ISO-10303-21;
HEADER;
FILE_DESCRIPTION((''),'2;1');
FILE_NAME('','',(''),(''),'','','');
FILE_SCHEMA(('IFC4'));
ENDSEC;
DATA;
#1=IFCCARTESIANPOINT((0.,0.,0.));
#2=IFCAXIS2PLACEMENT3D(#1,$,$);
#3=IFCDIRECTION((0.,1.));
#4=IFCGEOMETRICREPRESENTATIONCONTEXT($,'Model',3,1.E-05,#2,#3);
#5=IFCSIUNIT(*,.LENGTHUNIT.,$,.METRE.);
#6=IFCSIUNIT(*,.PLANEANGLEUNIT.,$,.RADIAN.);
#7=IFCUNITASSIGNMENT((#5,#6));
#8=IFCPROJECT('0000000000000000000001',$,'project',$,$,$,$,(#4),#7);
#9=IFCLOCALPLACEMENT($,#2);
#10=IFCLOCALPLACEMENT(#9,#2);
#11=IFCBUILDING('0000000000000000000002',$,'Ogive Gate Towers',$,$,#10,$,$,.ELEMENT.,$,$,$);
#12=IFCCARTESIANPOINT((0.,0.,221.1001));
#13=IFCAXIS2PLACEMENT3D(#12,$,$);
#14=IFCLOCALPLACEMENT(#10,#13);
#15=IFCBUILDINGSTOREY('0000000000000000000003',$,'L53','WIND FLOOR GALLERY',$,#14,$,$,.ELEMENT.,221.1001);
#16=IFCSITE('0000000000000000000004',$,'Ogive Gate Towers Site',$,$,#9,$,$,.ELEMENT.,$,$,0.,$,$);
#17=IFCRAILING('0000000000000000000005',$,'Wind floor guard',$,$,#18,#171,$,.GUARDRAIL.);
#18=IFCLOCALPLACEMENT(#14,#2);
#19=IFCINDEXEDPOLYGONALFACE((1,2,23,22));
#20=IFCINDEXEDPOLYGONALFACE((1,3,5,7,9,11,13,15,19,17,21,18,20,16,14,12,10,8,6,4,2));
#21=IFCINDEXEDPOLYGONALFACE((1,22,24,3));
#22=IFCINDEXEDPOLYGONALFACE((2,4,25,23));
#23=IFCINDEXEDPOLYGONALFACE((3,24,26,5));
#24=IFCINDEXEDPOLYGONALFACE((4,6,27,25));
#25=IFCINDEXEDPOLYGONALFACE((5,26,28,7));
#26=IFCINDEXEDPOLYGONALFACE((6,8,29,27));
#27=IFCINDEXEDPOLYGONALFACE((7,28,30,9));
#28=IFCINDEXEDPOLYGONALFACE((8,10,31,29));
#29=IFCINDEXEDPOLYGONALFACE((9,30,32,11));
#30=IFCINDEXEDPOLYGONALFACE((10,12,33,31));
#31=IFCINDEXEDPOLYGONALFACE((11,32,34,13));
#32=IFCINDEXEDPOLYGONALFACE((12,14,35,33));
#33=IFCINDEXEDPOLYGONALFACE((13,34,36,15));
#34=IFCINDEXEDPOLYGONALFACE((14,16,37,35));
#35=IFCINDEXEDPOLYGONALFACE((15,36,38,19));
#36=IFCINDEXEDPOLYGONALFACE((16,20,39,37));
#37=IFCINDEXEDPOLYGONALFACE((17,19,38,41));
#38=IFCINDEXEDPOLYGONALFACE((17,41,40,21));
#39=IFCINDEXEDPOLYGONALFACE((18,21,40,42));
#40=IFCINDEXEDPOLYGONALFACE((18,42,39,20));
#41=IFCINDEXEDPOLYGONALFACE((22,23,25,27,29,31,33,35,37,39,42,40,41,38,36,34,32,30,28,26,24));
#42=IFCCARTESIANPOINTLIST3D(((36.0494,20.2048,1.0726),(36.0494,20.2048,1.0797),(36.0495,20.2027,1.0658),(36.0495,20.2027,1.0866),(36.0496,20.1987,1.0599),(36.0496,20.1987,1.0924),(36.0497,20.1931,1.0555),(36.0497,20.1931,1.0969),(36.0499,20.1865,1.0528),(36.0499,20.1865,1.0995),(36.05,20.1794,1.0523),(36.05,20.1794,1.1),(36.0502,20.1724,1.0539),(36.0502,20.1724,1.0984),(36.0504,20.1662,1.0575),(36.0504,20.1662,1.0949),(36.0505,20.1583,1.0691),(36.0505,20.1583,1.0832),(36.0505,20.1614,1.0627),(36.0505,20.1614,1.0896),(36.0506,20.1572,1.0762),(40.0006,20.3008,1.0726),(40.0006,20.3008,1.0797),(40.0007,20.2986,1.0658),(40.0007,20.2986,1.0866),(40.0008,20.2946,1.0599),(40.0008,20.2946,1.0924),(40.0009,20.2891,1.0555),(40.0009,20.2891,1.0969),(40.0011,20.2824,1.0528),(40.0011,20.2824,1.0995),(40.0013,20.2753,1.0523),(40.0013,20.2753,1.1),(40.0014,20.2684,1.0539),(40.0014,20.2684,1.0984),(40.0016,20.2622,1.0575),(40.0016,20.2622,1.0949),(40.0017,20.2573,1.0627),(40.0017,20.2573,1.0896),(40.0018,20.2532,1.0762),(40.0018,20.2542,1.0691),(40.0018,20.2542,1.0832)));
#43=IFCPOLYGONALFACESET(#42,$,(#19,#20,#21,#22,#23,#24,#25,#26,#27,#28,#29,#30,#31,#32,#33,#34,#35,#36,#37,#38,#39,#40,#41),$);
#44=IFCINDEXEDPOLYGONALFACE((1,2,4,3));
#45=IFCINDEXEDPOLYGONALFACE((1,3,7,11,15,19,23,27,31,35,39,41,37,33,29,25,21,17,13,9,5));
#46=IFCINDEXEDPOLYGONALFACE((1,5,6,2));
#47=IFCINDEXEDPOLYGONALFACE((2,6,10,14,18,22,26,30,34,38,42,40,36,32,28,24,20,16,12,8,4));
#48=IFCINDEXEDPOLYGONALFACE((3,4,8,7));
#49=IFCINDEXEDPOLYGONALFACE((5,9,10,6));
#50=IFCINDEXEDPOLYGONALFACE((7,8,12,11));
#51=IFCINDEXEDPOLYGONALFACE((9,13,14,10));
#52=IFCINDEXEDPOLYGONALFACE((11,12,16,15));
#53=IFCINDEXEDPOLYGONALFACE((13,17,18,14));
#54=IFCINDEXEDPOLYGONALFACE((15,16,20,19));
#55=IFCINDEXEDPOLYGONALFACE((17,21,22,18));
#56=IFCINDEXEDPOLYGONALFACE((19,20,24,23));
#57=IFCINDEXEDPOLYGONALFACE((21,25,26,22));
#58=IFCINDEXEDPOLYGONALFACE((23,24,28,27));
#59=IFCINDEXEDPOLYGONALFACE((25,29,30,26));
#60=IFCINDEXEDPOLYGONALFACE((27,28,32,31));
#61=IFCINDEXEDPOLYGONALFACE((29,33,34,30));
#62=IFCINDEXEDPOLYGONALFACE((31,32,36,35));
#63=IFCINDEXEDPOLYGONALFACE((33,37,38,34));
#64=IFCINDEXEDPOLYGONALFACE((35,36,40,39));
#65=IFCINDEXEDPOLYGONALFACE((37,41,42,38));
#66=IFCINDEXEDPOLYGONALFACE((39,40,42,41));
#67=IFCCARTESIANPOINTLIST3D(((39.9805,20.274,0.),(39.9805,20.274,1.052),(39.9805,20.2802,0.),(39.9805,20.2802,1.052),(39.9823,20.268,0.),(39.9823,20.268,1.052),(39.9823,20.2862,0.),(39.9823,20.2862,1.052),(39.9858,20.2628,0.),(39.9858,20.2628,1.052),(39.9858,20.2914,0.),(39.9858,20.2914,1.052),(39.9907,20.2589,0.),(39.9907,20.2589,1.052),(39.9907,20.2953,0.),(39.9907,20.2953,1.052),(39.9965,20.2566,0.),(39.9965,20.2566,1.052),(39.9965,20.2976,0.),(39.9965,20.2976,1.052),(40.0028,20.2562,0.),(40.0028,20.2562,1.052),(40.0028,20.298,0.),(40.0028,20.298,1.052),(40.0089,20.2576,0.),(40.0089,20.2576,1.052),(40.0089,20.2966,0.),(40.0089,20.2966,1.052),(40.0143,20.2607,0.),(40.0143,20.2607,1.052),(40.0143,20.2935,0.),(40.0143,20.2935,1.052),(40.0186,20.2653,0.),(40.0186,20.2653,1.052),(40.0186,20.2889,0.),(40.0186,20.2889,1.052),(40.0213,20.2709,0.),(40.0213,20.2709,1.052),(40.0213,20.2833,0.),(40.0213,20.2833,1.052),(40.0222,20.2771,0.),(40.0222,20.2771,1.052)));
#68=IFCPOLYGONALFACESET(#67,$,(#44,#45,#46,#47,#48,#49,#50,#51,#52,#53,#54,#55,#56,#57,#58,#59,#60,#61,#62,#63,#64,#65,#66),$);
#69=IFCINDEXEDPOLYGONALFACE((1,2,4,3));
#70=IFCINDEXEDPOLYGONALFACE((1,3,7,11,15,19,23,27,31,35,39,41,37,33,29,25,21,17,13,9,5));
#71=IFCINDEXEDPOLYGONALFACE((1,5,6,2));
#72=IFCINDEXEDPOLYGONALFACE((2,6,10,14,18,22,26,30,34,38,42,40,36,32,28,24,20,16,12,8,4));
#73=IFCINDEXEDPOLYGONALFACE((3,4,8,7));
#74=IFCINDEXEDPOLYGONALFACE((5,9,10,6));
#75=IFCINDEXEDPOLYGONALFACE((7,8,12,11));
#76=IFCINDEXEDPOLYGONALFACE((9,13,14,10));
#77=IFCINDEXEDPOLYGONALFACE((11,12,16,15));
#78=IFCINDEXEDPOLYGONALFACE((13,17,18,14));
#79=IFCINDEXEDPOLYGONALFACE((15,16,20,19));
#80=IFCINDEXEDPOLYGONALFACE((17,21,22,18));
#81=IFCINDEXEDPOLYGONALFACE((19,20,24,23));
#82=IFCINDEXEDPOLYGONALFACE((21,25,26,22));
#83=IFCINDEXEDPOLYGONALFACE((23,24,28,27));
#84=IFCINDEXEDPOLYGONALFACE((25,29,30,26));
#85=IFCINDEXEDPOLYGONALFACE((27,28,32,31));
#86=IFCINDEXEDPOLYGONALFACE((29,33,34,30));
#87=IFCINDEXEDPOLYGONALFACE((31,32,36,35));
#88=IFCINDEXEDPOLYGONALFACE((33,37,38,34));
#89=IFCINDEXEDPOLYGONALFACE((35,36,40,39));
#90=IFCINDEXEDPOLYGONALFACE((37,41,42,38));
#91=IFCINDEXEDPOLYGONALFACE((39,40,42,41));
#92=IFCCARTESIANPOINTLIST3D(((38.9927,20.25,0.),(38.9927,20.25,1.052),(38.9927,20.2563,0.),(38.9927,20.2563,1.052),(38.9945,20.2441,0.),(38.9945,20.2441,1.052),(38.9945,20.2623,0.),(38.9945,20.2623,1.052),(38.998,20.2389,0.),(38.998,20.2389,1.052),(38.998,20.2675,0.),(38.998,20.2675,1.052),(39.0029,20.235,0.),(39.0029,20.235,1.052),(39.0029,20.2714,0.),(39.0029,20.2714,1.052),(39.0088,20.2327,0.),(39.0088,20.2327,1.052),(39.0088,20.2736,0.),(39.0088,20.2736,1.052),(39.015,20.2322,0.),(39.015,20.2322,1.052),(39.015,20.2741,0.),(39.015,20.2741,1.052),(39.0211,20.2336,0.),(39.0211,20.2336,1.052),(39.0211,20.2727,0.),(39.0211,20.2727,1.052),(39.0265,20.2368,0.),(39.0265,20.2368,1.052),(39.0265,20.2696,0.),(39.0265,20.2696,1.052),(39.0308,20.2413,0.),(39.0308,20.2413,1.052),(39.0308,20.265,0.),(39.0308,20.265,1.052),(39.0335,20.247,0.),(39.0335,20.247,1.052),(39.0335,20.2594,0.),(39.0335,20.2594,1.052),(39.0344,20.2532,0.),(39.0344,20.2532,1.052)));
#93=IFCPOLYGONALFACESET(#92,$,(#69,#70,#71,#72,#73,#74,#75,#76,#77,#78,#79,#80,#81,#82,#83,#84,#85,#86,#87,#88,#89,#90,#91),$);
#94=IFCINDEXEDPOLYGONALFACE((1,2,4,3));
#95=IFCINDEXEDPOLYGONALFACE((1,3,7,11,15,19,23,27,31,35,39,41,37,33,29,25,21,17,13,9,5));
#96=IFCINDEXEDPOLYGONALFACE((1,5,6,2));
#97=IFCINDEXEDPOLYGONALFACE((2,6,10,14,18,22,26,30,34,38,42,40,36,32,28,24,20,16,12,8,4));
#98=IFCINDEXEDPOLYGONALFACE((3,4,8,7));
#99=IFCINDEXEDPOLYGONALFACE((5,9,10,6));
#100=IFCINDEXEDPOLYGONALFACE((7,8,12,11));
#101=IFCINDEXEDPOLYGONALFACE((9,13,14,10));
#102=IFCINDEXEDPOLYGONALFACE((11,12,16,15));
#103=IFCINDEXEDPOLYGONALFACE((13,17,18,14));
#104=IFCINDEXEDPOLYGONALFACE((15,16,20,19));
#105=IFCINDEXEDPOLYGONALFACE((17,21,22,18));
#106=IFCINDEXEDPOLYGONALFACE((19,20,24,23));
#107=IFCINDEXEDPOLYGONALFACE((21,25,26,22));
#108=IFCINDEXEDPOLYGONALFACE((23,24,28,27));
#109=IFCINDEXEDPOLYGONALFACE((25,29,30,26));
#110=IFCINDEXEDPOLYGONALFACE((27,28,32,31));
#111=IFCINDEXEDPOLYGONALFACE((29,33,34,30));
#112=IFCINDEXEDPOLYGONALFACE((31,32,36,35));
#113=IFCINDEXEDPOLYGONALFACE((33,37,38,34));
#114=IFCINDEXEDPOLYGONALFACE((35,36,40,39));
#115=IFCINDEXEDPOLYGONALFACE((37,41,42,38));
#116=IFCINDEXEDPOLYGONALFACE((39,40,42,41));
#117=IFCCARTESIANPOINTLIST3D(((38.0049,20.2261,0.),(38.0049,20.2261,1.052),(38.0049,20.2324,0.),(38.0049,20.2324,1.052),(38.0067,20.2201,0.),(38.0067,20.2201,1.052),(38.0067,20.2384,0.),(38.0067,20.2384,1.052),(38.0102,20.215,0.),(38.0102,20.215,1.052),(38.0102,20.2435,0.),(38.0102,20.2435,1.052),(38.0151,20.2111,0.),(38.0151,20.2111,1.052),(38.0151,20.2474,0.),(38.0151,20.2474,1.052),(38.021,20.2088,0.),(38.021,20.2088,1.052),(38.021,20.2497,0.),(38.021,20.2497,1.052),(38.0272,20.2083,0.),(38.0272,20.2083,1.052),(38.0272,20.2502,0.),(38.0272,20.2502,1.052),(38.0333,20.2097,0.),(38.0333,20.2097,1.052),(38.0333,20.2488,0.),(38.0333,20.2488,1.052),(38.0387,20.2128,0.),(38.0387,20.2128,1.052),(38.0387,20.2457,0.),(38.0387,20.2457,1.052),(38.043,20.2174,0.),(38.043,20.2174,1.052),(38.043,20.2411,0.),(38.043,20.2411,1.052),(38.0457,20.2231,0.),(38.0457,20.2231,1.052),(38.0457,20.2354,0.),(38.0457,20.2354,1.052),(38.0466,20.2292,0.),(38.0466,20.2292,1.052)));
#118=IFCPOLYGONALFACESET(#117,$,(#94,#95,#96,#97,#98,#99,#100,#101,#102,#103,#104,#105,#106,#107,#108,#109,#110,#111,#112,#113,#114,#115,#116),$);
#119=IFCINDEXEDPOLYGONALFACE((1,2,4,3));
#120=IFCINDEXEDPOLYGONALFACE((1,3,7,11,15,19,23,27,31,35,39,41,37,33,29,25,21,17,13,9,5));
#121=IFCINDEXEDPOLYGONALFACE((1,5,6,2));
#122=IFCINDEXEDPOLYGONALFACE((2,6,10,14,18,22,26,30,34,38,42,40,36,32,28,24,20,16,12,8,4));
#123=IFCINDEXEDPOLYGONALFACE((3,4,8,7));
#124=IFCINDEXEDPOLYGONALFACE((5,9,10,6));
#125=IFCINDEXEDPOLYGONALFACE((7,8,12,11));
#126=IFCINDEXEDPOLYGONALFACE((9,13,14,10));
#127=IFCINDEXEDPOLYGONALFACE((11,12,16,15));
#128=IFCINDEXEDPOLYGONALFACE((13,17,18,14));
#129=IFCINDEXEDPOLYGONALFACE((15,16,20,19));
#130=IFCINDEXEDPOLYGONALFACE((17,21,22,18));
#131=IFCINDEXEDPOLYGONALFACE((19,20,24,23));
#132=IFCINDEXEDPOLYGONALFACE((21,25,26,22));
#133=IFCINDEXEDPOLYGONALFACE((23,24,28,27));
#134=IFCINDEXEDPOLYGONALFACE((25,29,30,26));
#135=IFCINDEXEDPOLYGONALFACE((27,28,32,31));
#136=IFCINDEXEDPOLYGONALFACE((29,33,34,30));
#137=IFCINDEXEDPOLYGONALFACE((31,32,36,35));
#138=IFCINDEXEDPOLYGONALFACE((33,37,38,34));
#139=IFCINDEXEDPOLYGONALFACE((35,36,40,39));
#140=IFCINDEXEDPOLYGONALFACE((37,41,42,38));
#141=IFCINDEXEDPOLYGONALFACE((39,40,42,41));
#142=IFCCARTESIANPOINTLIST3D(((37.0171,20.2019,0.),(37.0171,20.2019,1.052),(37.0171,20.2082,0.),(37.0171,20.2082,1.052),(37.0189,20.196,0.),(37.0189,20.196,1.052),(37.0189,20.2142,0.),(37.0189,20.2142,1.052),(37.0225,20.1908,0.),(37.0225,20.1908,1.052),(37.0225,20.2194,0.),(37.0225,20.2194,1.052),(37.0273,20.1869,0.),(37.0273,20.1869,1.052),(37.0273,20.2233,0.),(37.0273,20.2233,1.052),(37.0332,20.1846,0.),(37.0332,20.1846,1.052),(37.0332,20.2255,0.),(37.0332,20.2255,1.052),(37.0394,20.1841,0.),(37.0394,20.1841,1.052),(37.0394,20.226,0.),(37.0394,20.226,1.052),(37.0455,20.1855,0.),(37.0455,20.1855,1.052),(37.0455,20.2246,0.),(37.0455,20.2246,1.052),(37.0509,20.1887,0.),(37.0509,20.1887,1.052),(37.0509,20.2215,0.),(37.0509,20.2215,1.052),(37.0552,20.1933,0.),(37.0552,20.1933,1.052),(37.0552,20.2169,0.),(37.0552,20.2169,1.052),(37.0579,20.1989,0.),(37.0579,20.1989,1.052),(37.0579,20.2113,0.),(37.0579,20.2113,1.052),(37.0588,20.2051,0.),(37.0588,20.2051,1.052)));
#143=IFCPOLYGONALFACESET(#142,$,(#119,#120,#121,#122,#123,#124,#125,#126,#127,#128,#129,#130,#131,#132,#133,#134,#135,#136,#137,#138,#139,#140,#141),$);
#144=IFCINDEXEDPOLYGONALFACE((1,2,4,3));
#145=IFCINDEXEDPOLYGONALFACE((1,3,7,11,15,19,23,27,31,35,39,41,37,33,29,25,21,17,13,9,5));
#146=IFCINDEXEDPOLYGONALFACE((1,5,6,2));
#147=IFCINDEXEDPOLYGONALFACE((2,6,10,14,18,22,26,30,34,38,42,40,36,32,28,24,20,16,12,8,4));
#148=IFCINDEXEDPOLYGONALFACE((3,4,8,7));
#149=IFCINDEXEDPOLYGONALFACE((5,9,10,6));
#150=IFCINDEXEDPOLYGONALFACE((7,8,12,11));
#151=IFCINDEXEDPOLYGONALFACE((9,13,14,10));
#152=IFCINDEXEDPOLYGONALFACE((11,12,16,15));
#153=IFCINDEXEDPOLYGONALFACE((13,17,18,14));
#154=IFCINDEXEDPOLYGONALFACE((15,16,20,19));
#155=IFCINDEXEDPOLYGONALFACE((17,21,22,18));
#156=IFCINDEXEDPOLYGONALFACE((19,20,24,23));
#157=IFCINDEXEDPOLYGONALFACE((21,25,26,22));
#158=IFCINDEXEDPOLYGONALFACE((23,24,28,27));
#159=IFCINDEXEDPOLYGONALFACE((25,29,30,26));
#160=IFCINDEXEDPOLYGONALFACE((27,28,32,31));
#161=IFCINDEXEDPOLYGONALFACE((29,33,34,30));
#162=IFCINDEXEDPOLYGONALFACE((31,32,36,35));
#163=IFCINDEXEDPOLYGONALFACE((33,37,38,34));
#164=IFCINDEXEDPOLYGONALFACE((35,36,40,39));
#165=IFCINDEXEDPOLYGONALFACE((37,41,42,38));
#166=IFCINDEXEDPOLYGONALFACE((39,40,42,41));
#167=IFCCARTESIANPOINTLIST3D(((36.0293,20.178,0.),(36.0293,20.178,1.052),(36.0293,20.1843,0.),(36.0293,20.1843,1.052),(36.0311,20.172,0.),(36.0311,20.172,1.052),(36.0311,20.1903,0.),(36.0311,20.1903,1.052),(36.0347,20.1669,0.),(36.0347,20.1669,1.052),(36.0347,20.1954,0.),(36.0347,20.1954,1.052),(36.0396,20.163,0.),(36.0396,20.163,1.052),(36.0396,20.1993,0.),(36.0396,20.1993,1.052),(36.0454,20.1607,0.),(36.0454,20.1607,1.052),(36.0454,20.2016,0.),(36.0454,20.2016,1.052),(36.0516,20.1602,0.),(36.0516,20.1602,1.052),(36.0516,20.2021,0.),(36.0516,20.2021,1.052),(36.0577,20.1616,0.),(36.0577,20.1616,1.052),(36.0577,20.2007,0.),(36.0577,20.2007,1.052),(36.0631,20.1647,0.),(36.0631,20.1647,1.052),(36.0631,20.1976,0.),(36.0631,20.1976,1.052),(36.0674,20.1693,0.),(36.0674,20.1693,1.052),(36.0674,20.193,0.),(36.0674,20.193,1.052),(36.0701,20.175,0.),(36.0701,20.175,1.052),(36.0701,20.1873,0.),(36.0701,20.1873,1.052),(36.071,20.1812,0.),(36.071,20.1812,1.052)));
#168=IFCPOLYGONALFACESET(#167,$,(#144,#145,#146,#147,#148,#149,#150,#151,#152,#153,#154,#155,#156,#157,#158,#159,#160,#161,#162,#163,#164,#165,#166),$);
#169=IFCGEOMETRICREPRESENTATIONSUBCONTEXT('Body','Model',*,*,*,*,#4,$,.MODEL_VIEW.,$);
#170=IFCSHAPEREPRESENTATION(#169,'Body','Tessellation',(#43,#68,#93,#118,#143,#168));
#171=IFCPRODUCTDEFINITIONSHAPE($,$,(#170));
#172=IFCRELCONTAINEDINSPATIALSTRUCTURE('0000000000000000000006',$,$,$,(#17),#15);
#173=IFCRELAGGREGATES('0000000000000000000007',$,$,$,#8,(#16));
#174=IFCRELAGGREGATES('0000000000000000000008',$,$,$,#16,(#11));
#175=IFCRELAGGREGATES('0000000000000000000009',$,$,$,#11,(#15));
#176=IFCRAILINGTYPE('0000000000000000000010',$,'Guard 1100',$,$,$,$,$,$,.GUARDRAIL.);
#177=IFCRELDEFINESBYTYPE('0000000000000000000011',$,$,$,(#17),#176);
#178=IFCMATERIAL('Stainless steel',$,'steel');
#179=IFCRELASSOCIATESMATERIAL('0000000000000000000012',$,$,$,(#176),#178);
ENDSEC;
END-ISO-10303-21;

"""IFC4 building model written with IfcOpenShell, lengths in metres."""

from ifc_helpers import new_model, si_unit, direction, frame, origin, origin_2d, place, context, subcontext, project, spatial, circle, extrude, material, type_object, element, save


model = new_model("IFC4")

# Units and contexts
model_context = context("Model", 3, precision=1e-05, world=origin(), true_north=direction((0.0, 1.0)))
body_context = subcontext(model_context, "Body", "Model", "MODEL_VIEW")
ifc_project = project(units=[si_unit("LENGTHUNIT", "METRE"), si_unit("PLANEANGLEUNIT", "RADIAN")], contexts=[model_context])

# Site, building, storey
site_placement = place(None, origin())
site = spatial("IfcSite", under=ifc_project, at=site_placement, Name="Ogive Gate Towers Site", CompositionType="ELEMENT", RefElevation=0.0)
building_placement = place(site_placement, origin())
building = spatial("IfcBuilding", under=site, at=building_placement, Name="Ogive Gate Towers", CompositionType="ELEMENT")
storey_placement = place(building_placement, frame((0.0, 0.0, 221.1001)))
storey = spatial("IfcBuildingStorey", under=building, at=storey_placement, Name="L53", Description="WIND FLOOR GALLERY", CompositionType="ELEMENT", Elevation=221.1001)

# Railing
ifc_material_1 = material(Name="Stainless steel", Category="steel")
railing_type_1 = type_object("IfcRailingType", Name="Guard 1100", PredefinedType="GUARDRAIL", material=ifc_material_1)
railing_1_placement = place(storey_placement, frame((40.0012, 20.2771, 0.0)))
element("IfcRailing", 1, at=railing_1_placement, inside=storey, type_object=railing_type_1, Name="Wind floor guard", PredefinedType="GUARDRAIL", context=body_context, shape_type="SweptSolid", body=[
    extrude(circle(Radius=0.0239, at=origin_2d()), frame((0.0, 0.0, 1.0762), z_axis=(-0.999705, -0.024276, 0.0), x_axis=(0.024276, -0.999705, 0.0)), (0.0, 0.0, 1.0), 3.9524),
    extrude(circle(Radius=0.021, at=origin_2d()), origin(), (0.0, 0.0, 1.0), 1.052),
    extrude(circle(Radius=0.021, at=origin_2d()), frame((-0.9878, -0.0239, 0.0)), (0.0, 0.0, 1.0), 1.052),
    extrude(circle(Radius=0.021, at=origin_2d()), frame((-1.9756, -0.0479, 0.0)), (0.0, 0.0, 1.0), 1.052),
    extrude(circle(Radius=0.021, at=origin_2d()), frame((-2.9634, -0.072, 0.0)), (0.0, 0.0, 1.0), 1.052),
    extrude(circle(Radius=0.021, at=origin_2d()), frame((-3.9512, -0.0959, 0.0)), (0.0, 0.0, 1.0), 1.052),
])

save(model, "model.ifc")
